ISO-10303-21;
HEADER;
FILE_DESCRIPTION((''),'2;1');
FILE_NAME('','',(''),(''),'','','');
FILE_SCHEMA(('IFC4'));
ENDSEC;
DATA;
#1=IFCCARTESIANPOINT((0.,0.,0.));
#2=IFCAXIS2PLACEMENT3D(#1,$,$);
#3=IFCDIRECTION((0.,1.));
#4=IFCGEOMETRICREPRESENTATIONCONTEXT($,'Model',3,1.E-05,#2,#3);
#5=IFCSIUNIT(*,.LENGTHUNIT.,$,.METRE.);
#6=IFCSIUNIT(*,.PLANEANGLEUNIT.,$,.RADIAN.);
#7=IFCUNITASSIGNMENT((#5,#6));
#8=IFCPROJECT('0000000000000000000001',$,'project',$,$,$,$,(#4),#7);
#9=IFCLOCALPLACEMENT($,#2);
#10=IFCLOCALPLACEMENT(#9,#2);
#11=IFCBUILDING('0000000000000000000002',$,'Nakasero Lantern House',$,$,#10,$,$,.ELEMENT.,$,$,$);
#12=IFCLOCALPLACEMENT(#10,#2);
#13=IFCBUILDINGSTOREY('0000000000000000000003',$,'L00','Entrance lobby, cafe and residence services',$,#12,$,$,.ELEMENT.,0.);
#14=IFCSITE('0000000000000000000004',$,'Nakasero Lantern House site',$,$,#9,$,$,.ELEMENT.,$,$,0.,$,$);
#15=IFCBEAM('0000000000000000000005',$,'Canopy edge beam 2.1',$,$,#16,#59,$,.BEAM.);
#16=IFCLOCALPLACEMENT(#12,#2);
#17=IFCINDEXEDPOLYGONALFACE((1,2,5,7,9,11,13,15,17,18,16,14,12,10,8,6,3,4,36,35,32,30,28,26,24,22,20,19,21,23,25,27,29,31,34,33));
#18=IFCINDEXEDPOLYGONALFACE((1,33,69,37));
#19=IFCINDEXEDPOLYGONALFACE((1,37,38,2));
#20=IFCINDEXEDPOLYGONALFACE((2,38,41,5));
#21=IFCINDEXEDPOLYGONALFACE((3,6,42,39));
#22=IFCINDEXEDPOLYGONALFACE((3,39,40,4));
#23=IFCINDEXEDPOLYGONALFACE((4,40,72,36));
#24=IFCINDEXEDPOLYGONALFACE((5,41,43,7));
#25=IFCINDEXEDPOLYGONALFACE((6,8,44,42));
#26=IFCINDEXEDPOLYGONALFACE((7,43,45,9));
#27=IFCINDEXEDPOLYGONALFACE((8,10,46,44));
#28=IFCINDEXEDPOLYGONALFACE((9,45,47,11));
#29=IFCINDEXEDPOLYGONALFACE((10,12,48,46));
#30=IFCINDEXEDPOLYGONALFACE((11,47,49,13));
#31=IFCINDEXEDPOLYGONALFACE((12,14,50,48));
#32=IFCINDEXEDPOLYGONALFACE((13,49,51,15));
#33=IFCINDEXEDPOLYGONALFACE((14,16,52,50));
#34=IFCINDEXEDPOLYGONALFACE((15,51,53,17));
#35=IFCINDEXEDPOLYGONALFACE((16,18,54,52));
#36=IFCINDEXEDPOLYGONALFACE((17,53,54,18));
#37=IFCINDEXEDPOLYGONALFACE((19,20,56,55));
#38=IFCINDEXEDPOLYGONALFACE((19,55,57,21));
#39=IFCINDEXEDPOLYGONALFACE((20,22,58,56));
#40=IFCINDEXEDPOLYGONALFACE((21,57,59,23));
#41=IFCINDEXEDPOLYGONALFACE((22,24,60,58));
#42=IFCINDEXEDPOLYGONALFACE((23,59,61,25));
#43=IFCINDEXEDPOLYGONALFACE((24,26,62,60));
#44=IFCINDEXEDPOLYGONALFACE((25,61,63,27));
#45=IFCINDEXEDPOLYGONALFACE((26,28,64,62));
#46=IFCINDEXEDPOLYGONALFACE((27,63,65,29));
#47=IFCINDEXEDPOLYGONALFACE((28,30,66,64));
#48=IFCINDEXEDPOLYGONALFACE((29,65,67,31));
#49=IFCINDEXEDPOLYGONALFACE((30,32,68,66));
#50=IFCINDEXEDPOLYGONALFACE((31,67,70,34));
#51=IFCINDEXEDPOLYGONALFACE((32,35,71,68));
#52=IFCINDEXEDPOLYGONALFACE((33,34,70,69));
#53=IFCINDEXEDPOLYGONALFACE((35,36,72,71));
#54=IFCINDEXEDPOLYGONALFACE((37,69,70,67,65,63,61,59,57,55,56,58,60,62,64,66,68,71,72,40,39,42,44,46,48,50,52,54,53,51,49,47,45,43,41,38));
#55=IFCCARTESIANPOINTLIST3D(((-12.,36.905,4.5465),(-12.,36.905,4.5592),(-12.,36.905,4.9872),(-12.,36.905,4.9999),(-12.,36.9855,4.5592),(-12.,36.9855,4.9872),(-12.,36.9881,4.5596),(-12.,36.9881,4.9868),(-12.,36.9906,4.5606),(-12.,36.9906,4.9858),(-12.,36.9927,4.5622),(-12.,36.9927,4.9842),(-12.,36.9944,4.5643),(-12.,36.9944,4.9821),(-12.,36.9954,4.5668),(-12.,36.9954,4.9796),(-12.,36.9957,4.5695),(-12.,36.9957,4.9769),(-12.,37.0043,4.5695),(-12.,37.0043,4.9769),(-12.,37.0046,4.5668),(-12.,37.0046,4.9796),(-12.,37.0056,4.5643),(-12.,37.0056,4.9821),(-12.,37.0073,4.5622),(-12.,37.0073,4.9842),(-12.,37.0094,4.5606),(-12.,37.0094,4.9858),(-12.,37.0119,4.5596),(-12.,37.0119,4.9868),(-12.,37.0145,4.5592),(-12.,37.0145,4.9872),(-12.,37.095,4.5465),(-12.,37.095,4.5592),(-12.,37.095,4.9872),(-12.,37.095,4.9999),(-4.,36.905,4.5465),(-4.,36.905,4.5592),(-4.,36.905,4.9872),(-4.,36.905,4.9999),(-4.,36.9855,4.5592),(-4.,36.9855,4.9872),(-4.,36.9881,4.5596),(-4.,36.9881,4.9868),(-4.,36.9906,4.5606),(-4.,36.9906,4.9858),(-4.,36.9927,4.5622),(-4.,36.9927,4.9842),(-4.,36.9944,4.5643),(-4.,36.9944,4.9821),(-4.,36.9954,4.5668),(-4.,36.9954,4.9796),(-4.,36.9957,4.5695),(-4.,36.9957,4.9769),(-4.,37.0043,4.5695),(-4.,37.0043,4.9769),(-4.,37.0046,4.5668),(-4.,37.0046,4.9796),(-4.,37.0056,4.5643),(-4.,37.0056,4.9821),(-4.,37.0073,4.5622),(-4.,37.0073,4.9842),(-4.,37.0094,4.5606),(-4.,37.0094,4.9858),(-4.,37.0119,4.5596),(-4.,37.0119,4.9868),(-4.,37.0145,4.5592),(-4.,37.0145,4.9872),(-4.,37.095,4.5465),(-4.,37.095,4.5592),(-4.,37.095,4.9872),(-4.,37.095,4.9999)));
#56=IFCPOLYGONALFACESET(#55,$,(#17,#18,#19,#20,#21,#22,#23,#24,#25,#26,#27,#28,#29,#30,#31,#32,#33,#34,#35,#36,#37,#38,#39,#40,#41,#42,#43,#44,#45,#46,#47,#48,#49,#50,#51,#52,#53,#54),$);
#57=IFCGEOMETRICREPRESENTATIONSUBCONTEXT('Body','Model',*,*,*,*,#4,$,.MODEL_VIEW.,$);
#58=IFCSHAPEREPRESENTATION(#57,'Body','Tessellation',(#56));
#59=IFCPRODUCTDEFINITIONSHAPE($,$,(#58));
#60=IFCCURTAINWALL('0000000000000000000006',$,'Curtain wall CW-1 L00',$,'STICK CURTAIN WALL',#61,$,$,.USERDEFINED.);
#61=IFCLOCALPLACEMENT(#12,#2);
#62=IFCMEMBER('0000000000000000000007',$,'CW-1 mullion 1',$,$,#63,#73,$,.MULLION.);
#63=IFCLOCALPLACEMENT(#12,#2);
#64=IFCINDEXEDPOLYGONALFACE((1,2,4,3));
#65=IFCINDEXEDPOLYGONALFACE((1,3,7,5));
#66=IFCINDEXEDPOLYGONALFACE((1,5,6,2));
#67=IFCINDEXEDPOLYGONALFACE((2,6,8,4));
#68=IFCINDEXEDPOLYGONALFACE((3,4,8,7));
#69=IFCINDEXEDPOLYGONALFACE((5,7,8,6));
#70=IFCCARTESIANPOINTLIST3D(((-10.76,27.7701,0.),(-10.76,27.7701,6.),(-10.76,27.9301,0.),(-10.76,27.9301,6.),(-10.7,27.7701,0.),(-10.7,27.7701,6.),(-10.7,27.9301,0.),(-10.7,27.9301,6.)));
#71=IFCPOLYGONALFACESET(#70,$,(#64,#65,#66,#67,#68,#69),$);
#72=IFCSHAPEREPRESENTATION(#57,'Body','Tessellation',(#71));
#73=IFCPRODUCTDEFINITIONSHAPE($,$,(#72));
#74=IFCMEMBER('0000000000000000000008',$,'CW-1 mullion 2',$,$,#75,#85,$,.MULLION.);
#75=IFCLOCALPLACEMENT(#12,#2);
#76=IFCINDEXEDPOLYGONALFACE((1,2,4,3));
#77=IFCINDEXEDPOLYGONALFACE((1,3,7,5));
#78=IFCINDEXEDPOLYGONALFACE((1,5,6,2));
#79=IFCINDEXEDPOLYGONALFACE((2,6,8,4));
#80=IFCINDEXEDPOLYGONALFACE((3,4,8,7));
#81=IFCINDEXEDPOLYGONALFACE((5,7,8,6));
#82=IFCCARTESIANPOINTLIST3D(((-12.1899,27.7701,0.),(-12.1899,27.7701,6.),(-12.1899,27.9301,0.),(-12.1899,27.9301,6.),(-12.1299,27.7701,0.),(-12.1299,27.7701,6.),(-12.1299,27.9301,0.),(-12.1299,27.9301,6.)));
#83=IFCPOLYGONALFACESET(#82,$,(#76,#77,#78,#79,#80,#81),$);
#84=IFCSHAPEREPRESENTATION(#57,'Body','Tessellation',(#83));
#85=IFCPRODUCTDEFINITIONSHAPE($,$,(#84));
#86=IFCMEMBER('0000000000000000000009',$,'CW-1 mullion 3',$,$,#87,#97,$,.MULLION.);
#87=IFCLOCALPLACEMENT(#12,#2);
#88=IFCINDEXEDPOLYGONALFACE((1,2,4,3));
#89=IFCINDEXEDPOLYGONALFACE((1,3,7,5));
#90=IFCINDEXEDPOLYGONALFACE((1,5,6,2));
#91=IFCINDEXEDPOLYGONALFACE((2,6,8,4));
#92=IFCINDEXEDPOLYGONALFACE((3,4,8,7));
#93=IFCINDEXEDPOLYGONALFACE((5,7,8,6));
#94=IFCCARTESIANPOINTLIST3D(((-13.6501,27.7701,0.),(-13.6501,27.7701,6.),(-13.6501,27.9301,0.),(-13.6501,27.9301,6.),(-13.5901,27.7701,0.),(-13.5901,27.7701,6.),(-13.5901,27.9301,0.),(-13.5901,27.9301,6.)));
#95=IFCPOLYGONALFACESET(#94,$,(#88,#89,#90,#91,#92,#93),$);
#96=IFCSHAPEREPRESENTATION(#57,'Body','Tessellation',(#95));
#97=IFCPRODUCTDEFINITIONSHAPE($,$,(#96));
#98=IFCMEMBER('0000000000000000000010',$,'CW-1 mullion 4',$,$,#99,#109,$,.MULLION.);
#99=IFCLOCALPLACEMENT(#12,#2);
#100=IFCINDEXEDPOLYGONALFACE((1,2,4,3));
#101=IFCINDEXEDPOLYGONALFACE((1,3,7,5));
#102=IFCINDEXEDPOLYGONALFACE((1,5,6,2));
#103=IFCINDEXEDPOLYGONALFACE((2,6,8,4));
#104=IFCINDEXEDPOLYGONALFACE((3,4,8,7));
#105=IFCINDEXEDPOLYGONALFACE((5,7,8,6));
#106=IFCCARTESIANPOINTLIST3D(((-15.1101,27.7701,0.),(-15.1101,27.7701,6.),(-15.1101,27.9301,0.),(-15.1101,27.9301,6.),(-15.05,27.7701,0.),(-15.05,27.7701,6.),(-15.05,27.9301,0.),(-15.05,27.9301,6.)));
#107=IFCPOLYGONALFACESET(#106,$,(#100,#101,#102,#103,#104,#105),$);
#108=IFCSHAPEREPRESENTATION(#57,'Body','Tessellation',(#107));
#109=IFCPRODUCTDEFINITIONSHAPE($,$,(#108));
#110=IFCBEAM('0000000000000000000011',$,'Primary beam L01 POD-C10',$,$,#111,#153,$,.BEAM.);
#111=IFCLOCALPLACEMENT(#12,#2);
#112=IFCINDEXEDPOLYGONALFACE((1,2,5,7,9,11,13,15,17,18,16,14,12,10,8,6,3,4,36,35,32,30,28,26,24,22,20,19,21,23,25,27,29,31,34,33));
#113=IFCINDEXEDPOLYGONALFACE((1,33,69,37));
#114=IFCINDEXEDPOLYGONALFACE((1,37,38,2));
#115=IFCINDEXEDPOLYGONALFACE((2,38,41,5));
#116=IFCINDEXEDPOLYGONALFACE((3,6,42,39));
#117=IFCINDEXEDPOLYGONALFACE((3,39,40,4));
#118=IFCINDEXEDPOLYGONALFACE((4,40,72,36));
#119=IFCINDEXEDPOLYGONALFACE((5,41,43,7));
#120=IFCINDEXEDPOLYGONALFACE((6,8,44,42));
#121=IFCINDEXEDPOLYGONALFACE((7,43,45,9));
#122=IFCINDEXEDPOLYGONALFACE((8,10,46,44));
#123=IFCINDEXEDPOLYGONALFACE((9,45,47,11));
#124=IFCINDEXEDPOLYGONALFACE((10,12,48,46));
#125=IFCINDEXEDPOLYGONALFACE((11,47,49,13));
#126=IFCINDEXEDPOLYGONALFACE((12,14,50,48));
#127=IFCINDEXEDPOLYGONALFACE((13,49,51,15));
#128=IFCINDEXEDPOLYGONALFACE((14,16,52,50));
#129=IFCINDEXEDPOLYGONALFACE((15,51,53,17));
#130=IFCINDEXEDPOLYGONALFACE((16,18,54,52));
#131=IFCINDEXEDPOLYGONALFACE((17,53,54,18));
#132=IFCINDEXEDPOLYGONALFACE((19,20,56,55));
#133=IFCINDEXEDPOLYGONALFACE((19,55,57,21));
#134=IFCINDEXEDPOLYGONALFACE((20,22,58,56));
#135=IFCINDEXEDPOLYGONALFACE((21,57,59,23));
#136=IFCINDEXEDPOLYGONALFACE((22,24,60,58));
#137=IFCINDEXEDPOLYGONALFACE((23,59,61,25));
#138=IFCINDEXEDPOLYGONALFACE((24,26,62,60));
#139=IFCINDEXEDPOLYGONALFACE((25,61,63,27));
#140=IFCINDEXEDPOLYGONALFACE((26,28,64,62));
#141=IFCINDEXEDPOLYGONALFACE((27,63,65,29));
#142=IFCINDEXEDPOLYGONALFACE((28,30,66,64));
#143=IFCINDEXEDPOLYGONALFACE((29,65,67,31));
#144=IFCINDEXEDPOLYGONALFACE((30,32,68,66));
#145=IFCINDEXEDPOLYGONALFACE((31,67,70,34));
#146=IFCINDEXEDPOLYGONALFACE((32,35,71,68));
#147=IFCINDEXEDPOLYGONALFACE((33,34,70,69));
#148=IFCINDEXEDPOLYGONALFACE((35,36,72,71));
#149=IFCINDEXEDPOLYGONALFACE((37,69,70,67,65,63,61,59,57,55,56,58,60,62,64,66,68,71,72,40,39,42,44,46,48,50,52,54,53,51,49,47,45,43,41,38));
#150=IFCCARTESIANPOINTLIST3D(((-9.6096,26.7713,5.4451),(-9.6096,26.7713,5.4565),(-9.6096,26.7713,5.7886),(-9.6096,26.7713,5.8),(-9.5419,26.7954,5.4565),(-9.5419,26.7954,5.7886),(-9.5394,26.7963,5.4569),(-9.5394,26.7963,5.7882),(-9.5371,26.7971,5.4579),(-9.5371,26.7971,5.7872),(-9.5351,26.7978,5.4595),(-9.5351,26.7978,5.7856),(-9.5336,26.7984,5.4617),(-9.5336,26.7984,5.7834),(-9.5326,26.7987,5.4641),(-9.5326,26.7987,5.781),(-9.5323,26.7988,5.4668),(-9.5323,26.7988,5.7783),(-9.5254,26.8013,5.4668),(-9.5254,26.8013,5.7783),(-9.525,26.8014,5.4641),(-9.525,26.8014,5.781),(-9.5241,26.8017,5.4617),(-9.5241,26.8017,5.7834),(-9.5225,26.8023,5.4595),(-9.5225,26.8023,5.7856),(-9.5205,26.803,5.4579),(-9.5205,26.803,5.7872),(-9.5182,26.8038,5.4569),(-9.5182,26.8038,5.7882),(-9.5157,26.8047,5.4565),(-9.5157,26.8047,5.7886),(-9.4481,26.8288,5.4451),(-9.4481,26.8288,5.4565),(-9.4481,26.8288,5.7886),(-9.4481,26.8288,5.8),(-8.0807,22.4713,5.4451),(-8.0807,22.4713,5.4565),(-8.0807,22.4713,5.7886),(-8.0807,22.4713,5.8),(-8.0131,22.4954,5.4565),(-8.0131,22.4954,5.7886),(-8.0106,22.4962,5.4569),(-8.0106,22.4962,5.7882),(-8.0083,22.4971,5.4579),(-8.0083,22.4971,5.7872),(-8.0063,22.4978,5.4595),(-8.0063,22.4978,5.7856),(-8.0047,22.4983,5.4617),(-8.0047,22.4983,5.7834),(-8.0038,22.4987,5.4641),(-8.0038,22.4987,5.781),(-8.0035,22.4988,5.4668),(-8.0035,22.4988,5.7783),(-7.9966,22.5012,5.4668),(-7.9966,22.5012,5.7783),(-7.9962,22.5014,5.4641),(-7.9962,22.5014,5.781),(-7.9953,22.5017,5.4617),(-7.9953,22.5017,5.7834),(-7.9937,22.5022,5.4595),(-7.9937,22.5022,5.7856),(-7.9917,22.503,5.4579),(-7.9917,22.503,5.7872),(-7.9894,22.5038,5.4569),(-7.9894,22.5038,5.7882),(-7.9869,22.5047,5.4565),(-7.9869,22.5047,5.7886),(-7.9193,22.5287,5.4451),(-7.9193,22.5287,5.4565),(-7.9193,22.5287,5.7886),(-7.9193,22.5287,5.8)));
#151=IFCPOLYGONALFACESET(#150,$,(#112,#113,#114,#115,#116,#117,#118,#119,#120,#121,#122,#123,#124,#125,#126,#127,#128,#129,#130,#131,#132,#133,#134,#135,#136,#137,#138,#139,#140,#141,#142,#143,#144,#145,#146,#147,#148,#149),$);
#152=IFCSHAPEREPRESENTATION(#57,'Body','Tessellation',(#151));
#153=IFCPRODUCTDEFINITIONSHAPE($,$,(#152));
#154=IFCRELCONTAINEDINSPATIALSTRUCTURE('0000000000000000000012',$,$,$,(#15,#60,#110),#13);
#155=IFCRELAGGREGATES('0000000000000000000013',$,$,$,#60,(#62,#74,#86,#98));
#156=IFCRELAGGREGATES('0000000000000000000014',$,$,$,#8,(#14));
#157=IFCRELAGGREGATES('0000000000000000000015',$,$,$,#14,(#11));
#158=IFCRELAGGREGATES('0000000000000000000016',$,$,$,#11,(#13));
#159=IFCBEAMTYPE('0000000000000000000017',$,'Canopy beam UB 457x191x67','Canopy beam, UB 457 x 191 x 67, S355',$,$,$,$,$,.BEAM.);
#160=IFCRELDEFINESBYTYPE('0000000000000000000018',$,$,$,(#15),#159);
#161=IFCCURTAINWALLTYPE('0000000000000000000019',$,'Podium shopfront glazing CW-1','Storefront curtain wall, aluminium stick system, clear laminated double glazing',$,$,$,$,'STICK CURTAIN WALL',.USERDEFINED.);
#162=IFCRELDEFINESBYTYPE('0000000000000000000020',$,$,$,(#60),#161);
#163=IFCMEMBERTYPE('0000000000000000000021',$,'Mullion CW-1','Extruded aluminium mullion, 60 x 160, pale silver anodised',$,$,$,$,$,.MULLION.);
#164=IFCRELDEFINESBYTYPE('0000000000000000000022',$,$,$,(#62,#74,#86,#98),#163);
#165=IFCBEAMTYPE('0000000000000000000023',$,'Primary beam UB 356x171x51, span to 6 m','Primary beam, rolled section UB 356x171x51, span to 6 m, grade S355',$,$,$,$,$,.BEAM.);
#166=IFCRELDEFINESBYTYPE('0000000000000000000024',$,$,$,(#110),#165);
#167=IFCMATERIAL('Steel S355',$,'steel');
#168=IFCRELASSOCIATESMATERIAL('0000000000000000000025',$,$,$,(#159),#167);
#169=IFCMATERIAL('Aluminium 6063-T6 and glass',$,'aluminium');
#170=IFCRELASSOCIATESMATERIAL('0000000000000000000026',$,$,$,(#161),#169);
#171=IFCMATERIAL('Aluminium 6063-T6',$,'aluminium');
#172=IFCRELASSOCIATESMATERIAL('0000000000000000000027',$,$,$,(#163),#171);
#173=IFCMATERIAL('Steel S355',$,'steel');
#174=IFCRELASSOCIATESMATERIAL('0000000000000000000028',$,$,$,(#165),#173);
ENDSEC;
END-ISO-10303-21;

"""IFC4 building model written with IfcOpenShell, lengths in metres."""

from ifc_helpers import new_model, si_unit, direction, frame, origin, origin_2d, place, context, subcontext, project, spatial, rectangle, i_section, extrude, material, material_profile, profile_set, type_object, element, aggregate, save


model = new_model("IFC4")

# Units and contexts
model_context = context("Model", 3, precision=1e-05, world=origin(), true_north=direction((0.0, 1.0)))
body_context = subcontext(model_context, "Body", "Model", "MODEL_VIEW")
ifc_project = project(units=[si_unit("LENGTHUNIT", "METRE"), si_unit("PLANEANGLEUNIT", "RADIAN")], contexts=[model_context])

# Site, building, storey
site_placement = place(None, origin())
site = spatial("IfcSite", under=ifc_project, at=site_placement, Name="Nakasero Lantern House site", CompositionType="ELEMENT", RefElevation=0.0)
building_placement = place(site_placement, origin())
building = spatial("IfcBuilding", under=site, at=building_placement, Name="Nakasero Lantern House", CompositionType="ELEMENT")
storey_placement = place(building_placement, origin())
storey = spatial("IfcBuildingStorey", under=building, at=storey_placement, Name="L00", Description="Entrance lobby, cafe and residence services", CompositionType="ELEMENT", Elevation=0.0)

# Beam
ifc_material_1 = material(Name="Steel S355", Category="steel")
ifc_material_profile_1 = material_profile(ifc_material_1, i_section(OverallWidth=0.1899, OverallDepth=0.4534, WebThickness=0.0085, FlangeThickness=0.0127, FilletRadius=0.0103, at=origin_2d()), Name="UB 457x191x67")
ifc_profile_set_1 = profile_set([ifc_material_profile_1], Name="Steel S355")
beam_type_1 = type_object("IfcBeamType", Name="Canopy beam UB 457x191x67", Description="Canopy beam, UB 457 x 191 x 67, S355", PredefinedType="BEAM", material=ifc_profile_set_1)
for number, where, z_axis, x_axis, name in (
    (1, (-12.0, 37.0, 4.7732), (1.0, 0.0, 0.0), (0.0, 1.0, 0.0), "Canopy edge beam 2.1"),
):
    element("IfcBeam", number, at=place(storey_placement, frame(where, z_axis=z_axis, x_axis=x_axis)), inside=storey, type_object=beam_type_1, Name=name, PredefinedType="BEAM", context=body_context, shape_type="SweptSolid", body=[
        extrude(i_section(OverallWidth=0.1899, OverallDepth=0.4534, WebThickness=0.0085, FlangeThickness=0.0127, FilletRadius=0.0103, at=origin_2d()), origin(), (0.0, 0.0, 1.0), 8.0),
    ])

# Curtain wall, members
ifc_material_2 = material(Name="Aluminium 6063-T6 and glass", Category="aluminium")
curtain_wall_type = type_object("IfcCurtainWallType", Name="Podium shopfront glazing CW-1", Description="Storefront curtain wall, aluminium stick system, clear laminated double glazing", ElementType="STICK CURTAIN WALL", PredefinedType="USERDEFINED", material=ifc_material_2)
curtain_wall_placement = place(storey_placement, origin())
curtain_wall = element("IfcCurtainWall", 2, at=curtain_wall_placement, inside=storey, type_object=curtain_wall_type, Name="Curtain wall CW-1 L00", ObjectType="STICK CURTAIN WALL", PredefinedType="USERDEFINED")
ifc_material_3 = material(Name="Aluminium 6063-T6", Category="aluminium")
ifc_material_profile_2 = material_profile(ifc_material_3, rectangle(XDim=0.0601, YDim=0.1599, at=origin_2d()), Name="CW-1 mullion 60x160")
ifc_profile_set_2 = profile_set([ifc_material_profile_2], Name="Aluminium 6063-T6")
member_type_1 = type_object("IfcMemberType", Name="Mullion CW-1", Description="Extruded aluminium mullion, 60 x 160, pale silver anodised", PredefinedType="MULLION", material=ifc_profile_set_2)
member_1_placement = place(storey_placement, frame((-10.73, 27.8501, 0.0), z_axis=(0.0, 0.0, 1.0), x_axis=(-1.0, 0.0, 0.0)))
member_1 = element("IfcMember", 3, at=member_1_placement, type_object=member_type_1, Name="CW-1 mullion 1", PredefinedType="MULLION", context=body_context, shape_type="SweptSolid", body=[
    extrude(rectangle(XDim=0.0601, YDim=0.1599, at=origin_2d()), origin(), (0.0, 0.0, 1.0), 6.0),
])
member_2_placement = place(storey_placement, frame((-12.1599, 27.8501, 0.0), z_axis=(0.0, 0.0, 1.0), x_axis=(-1.0, 0.0, 0.0)))
member_2 = element("IfcMember", 4, at=member_2_placement, type_object=member_type_1, Name="CW-1 mullion 2", PredefinedType="MULLION", context=body_context, shape_type="SweptSolid", body=[
    extrude(rectangle(XDim=0.0601, YDim=0.1599, at=origin_2d()), origin(), (0.0, 0.0, 1.0), 6.0),
])
member_3_placement = place(storey_placement, frame((-13.6201, 27.8501, 0.0), z_axis=(0.0, 0.0, 1.0), x_axis=(-1.0, 0.0, 0.0)))
member_3 = element("IfcMember", 5, at=member_3_placement, type_object=member_type_1, Name="CW-1 mullion 3", PredefinedType="MULLION", context=body_context, shape_type="SweptSolid", body=[
    extrude(rectangle(XDim=0.0601, YDim=0.1599, at=origin_2d()), origin(), (0.0, 0.0, 1.0), 6.0),
])
member_4_placement = place(storey_placement, frame((-15.0801, 27.8501, 0.0), z_axis=(0.0, 0.0, 1.0), x_axis=(-1.0, 0.0, 0.0)))
member_4 = element("IfcMember", 6, at=member_4_placement, type_object=member_type_1, Name="CW-1 mullion 4", PredefinedType="MULLION", context=body_context, shape_type="SweptSolid", body=[
    extrude(rectangle(XDim=0.0601, YDim=0.1599, at=origin_2d()), origin(), (0.0, 0.0, 1.0), 6.0),
])

# Beam
ifc_material_4 = material(Name="Steel S355", Category="steel")
ifc_material_profile_3 = material_profile(ifc_material_4, i_section(OverallWidth=0.1714, OverallDepth=0.355, WebThickness=0.0073, FlangeThickness=0.0115, FilletRadius=0.0103, at=origin_2d()), Name="UB 356x171x51")
ifc_profile_set_3 = profile_set([ifc_material_profile_3], Name="Steel S355")
beam_type_2 = type_object("IfcBeamType", Name="Primary beam UB 356x171x51, span to 6 m", Description="Primary beam, rolled section UB 356x171x51, span to 6 m, grade S355", PredefinedType="BEAM", material=ifc_profile_set_3)
beam_1_placement = place(storey_placement, frame((-9.5288, 26.8, 5.6226), z_axis=(0.334991, -0.942221, 0.0), x_axis=(0.942221, 0.334991, 0.0)))
element("IfcBeam", 7, at=beam_1_placement, inside=storey, type_object=beam_type_2, Name="Primary beam L01 POD-C10", PredefinedType="BEAM", context=body_context, shape_type="SweptSolid", body=[
    extrude(i_section(OverallWidth=0.1714, OverallDepth=0.355, WebThickness=0.0073, FlangeThickness=0.0115, FilletRadius=0.0103, at=origin_2d()), origin(), (0.0, 0.0, 1.0), 4.5637),
])

aggregate(curtain_wall, [member_1, member_2, member_3, member_4])

save(model, "model.ifc")
